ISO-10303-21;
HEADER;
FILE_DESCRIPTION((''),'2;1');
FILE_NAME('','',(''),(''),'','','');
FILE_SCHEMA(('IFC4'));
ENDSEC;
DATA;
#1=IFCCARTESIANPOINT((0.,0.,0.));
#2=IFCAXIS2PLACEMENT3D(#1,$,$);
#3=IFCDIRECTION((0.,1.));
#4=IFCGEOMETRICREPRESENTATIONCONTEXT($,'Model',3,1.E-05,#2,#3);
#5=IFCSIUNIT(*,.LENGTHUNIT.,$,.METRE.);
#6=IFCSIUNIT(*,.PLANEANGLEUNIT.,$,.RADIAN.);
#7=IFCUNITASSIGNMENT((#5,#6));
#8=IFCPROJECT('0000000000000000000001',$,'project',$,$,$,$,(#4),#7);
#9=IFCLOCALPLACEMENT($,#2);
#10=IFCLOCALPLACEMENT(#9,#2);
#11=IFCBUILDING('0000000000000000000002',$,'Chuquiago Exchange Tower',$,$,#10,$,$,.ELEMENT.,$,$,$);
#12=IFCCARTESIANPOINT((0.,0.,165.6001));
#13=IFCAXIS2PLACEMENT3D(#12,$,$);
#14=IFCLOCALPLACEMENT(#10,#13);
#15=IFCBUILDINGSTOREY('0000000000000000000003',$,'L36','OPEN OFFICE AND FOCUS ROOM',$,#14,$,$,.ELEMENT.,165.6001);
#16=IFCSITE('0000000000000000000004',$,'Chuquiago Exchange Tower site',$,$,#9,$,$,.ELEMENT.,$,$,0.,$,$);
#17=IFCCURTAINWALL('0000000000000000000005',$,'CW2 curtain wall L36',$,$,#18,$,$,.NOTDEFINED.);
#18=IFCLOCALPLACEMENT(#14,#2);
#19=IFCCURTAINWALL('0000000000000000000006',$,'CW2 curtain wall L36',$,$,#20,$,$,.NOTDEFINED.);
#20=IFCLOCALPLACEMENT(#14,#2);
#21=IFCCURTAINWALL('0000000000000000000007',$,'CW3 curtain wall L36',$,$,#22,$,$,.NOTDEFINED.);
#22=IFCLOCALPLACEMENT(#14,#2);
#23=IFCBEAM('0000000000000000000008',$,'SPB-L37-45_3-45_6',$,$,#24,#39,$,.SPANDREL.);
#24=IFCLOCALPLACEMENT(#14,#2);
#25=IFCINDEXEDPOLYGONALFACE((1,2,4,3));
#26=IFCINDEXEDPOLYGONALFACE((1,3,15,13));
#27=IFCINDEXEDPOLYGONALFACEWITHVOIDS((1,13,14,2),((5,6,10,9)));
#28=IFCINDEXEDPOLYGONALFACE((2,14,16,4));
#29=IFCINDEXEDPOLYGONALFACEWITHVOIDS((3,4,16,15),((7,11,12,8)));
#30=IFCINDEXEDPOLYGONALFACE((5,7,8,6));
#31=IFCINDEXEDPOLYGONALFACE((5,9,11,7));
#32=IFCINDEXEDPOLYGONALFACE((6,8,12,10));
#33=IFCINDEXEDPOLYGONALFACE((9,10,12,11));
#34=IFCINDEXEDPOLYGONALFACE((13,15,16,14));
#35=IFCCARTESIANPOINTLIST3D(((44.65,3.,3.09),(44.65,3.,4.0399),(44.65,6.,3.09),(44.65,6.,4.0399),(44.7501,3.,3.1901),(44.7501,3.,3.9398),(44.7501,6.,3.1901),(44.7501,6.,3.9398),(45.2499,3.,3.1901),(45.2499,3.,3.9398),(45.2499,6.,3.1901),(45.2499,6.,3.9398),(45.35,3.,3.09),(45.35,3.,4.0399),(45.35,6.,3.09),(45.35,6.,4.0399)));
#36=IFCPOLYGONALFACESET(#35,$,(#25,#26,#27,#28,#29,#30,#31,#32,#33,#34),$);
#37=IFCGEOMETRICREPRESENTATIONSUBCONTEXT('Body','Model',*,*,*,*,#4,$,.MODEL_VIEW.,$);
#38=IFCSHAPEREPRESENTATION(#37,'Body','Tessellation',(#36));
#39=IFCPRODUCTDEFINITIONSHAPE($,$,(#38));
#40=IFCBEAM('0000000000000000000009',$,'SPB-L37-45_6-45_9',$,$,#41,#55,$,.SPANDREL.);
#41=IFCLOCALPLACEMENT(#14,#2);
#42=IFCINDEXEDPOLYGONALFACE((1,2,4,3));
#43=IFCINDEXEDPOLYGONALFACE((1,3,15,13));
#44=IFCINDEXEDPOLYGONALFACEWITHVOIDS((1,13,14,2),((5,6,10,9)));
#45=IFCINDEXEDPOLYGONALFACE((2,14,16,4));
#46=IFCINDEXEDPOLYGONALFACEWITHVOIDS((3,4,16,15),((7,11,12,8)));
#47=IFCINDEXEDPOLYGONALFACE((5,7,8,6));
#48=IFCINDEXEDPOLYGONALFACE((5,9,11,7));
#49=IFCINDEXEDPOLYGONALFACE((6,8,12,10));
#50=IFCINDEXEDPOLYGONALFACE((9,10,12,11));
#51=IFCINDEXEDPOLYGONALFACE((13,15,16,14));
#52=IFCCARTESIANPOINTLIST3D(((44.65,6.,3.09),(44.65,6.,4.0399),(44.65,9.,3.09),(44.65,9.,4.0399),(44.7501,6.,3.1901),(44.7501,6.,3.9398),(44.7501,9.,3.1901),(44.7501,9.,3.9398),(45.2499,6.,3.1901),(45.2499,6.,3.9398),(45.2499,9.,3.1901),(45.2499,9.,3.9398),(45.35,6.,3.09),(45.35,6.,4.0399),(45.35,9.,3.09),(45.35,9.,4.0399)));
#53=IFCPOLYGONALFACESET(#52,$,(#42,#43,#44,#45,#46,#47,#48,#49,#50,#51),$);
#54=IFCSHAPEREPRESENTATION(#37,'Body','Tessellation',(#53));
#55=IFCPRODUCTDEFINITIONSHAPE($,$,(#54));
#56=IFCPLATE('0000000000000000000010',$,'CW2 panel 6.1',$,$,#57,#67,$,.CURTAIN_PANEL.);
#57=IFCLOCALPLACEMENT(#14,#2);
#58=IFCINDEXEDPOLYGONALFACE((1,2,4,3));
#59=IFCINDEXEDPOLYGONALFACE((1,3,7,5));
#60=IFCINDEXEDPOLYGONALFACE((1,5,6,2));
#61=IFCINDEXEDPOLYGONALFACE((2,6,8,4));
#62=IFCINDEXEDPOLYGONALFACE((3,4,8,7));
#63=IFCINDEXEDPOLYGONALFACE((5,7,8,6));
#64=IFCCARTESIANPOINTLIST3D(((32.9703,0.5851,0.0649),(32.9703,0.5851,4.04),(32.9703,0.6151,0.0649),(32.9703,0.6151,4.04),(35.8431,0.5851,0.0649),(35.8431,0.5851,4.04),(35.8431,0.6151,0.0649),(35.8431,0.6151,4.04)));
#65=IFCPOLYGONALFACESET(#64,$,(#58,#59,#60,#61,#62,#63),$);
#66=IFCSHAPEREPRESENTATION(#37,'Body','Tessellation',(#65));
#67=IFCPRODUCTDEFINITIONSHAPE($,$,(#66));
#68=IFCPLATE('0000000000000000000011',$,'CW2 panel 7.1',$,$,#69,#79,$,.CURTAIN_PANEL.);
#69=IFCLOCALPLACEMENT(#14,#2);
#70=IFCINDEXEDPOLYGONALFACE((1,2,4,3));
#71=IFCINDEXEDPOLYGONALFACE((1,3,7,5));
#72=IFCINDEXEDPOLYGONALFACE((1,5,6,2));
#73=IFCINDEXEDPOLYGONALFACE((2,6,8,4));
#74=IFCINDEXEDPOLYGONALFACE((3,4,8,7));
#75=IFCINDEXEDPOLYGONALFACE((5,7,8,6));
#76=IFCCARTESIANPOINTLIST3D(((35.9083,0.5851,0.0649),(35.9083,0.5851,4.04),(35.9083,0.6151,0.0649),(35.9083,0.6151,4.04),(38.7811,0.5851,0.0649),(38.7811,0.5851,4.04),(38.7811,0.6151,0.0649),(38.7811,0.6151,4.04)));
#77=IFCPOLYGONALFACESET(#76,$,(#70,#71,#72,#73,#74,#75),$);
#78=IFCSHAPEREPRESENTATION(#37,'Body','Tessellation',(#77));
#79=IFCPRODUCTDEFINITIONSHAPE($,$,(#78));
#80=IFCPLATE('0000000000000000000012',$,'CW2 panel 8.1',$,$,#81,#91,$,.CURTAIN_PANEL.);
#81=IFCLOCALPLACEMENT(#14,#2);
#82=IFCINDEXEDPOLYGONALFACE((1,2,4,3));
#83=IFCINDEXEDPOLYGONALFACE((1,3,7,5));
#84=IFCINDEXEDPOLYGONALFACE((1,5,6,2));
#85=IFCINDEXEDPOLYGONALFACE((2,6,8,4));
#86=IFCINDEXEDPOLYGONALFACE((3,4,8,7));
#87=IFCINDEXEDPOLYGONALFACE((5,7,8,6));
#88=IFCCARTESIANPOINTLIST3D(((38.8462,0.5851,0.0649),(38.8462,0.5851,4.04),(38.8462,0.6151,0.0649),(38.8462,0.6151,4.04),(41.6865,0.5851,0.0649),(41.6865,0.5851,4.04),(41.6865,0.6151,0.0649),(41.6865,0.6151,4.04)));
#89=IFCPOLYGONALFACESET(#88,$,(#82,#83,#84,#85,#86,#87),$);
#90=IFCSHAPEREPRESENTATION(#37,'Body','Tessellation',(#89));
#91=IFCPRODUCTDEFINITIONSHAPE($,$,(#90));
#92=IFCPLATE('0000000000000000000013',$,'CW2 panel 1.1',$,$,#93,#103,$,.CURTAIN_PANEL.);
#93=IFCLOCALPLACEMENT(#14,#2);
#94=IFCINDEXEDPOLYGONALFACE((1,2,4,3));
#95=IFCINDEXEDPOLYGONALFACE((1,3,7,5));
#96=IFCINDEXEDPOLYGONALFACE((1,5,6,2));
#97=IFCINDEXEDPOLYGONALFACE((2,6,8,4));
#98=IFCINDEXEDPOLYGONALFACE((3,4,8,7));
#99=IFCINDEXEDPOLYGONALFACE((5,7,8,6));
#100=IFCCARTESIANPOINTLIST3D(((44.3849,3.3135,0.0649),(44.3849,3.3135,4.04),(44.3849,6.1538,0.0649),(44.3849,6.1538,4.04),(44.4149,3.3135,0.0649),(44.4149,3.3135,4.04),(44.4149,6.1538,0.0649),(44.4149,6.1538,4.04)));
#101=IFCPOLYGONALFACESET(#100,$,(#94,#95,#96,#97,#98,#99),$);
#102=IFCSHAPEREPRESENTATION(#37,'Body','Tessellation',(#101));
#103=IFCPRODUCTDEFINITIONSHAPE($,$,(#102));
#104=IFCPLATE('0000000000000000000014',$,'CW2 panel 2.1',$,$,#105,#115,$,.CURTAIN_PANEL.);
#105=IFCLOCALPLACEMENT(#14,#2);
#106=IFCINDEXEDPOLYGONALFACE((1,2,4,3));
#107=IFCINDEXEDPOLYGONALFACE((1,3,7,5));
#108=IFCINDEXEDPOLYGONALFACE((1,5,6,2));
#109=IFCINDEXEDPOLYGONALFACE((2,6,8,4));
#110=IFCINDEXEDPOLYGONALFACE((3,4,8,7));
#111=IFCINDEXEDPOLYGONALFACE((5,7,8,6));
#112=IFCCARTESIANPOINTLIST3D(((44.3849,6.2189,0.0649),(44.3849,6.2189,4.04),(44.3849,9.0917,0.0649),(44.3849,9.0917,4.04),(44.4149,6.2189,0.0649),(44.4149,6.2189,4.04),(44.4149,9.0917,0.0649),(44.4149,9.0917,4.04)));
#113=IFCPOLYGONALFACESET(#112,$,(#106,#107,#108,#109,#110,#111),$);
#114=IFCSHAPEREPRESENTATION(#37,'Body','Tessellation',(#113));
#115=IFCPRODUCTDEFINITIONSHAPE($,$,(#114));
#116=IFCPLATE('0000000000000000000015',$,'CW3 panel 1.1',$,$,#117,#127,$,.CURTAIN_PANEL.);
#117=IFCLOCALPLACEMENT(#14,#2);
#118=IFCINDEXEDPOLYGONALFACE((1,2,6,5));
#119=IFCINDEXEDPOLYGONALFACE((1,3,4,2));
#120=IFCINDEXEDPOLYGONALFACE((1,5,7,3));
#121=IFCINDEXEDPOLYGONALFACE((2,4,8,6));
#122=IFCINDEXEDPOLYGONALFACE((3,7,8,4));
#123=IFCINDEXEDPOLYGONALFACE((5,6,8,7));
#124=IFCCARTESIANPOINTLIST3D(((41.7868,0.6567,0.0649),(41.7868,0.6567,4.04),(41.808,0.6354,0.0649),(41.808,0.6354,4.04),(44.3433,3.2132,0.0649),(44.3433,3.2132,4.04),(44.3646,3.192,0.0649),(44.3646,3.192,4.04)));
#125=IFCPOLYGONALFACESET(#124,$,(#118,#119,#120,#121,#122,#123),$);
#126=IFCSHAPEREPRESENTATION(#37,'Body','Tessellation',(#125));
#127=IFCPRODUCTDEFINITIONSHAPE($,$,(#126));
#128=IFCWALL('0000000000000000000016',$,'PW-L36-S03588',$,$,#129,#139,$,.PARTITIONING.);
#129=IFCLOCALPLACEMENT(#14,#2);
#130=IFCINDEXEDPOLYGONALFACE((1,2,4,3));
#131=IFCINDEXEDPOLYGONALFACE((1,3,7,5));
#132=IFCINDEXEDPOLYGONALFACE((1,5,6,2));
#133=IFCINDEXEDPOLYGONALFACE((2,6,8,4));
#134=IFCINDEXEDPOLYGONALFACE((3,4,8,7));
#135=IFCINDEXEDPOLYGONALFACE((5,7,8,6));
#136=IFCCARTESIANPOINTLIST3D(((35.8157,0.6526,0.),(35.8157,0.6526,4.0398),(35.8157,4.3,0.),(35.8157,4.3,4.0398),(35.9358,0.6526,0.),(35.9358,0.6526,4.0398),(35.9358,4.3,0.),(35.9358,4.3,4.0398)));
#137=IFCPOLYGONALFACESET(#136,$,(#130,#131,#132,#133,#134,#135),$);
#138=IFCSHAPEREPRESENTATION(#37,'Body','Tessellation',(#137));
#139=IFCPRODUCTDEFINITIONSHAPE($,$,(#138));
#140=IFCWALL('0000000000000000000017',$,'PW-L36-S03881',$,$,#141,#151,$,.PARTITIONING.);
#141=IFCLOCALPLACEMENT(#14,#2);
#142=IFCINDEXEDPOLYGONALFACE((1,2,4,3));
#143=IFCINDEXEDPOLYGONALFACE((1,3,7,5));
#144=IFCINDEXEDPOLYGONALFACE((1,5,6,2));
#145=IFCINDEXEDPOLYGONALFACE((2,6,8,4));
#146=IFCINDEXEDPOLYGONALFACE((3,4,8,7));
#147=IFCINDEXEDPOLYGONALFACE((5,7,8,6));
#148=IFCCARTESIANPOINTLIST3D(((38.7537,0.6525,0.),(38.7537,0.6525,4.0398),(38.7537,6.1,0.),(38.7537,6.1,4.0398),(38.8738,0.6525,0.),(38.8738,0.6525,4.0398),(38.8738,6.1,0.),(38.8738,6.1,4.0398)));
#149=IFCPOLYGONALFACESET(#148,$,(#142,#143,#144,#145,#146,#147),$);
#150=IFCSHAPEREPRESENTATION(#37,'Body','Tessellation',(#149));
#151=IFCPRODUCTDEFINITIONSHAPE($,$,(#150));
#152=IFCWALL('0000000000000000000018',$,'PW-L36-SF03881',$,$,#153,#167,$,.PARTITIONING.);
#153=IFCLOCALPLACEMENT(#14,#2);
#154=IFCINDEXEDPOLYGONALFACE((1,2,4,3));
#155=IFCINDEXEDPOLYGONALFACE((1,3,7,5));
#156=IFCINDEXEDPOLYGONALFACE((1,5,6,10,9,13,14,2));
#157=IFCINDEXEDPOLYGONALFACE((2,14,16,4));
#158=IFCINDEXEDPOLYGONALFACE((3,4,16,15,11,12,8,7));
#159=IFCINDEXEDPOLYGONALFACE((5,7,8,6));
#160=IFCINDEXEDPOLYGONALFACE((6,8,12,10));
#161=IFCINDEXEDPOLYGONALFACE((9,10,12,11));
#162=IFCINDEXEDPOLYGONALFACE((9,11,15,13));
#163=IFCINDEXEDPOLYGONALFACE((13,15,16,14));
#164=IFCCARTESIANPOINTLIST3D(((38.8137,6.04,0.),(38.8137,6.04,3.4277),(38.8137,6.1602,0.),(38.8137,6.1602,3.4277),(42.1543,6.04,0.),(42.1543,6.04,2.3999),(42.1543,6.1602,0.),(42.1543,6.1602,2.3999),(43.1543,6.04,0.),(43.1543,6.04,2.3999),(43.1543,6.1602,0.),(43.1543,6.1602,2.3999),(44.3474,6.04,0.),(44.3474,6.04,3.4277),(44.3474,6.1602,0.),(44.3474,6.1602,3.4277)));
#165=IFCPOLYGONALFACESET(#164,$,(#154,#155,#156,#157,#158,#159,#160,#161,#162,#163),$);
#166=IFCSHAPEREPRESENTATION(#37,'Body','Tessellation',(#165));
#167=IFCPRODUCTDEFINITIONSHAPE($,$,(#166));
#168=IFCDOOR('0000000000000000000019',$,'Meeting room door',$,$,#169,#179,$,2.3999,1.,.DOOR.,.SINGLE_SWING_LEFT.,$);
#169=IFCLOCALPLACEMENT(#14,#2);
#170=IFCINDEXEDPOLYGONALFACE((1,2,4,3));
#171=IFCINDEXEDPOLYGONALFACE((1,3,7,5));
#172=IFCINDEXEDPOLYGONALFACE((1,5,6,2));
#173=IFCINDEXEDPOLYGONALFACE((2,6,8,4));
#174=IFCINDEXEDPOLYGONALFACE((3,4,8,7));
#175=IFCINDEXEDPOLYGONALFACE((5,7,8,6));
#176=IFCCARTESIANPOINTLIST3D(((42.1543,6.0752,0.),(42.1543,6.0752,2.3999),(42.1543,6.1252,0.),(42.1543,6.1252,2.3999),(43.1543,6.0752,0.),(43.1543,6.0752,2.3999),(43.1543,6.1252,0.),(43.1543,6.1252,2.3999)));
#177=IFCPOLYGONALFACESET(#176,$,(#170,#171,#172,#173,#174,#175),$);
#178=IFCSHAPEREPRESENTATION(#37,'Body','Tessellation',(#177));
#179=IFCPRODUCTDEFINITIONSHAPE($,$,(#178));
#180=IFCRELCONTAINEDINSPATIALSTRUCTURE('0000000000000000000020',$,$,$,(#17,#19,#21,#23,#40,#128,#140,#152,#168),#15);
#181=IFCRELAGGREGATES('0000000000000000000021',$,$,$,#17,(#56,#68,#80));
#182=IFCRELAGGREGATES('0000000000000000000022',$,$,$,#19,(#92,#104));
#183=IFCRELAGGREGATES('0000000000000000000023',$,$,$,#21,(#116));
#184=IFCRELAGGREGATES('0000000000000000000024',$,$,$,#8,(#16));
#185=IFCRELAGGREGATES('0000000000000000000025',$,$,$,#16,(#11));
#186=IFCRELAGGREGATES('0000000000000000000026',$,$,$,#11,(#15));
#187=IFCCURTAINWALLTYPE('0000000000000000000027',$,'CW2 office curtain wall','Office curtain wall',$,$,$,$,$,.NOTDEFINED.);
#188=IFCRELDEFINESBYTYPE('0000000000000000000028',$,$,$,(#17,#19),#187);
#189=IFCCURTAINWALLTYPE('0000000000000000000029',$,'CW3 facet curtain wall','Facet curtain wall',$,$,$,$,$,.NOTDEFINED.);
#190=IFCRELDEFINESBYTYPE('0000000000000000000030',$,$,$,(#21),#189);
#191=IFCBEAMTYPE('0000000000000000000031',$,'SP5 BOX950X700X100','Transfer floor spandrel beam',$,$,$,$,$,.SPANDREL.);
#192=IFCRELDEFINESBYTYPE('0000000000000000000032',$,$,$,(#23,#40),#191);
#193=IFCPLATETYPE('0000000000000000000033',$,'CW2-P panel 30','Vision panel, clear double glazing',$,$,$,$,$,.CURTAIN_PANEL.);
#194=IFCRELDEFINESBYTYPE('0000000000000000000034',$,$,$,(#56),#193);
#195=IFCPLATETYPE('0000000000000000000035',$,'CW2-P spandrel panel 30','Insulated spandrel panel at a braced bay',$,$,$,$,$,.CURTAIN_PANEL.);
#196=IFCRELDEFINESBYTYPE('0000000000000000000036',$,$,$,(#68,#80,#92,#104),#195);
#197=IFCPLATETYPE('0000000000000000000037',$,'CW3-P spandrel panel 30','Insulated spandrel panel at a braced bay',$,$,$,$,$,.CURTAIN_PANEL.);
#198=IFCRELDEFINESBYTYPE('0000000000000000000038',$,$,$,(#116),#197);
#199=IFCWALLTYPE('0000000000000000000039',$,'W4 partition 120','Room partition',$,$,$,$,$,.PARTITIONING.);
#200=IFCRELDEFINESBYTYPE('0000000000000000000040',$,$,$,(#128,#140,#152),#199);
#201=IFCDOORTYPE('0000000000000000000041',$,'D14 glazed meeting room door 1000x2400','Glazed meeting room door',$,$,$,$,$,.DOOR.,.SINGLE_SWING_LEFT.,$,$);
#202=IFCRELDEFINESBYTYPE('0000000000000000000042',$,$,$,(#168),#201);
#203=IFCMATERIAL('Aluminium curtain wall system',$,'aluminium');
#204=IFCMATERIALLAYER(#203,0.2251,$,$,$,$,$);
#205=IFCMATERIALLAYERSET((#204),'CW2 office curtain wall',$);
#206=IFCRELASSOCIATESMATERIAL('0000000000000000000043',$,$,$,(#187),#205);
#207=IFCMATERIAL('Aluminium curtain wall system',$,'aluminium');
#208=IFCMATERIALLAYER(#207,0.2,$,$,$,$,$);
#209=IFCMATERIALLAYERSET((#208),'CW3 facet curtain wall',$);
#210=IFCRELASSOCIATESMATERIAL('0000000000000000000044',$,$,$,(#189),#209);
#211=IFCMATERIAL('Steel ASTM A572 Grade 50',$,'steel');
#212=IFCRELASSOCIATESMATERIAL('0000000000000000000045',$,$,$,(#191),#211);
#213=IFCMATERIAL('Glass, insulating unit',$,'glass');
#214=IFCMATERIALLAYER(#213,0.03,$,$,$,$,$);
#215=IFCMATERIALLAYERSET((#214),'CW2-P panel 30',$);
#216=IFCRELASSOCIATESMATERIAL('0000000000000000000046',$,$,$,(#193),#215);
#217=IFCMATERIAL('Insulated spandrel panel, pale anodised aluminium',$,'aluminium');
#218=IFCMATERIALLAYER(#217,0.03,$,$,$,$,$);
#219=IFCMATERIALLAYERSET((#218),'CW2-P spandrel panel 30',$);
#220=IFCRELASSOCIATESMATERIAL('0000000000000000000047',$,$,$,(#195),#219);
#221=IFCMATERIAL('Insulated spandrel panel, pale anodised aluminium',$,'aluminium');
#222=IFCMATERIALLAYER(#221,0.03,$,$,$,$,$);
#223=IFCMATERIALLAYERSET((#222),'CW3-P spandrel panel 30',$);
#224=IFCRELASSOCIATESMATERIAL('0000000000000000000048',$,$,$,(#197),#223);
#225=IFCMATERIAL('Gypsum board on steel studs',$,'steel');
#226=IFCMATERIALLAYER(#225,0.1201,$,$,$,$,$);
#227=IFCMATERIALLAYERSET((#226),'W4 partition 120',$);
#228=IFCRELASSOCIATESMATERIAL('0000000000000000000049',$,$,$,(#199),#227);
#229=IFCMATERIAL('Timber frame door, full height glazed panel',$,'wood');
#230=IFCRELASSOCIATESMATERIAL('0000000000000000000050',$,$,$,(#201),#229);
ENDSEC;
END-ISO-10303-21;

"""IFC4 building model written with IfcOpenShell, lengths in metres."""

from ifc_helpers import new_model, si_unit, direction, frame, frame_2d, origin, origin_2d, place, context, subcontext, project, spatial, rectangle, hollow_rectangle, extrude, material, layer, layer_set, material_profile, profile_set, type_object, element, fill, aggregate, save


model = new_model("IFC4")

# Units and contexts
model_context = context("Model", 3, precision=1e-05, world=origin(), true_north=direction((0.0, 1.0)))
body_context = subcontext(model_context, "Body", "Model", "MODEL_VIEW")
ifc_project = project(units=[si_unit("LENGTHUNIT", "METRE"), si_unit("PLANEANGLEUNIT", "RADIAN")], contexts=[model_context])

# Site, building, storey
site_placement = place(None, origin())
site = spatial("IfcSite", under=ifc_project, at=site_placement, Name="Chuquiago Exchange Tower site", CompositionType="ELEMENT", RefElevation=0.0)
building_placement = place(site_placement, origin())
building = spatial("IfcBuilding", under=site, at=building_placement, Name="Chuquiago Exchange Tower", CompositionType="ELEMENT")
storey_placement = place(building_placement, frame((0.0, 0.0, 165.6001)))
storey = spatial("IfcBuildingStorey", under=building, at=storey_placement, Name="L36", Description="OPEN OFFICE AND FOCUS ROOM", CompositionType="ELEMENT", Elevation=165.6001)

# Curtain walls
ifc_material_1 = material(Name="Aluminium curtain wall system", Category="aluminium")
ifc_layer_1 = layer(ifc_material_1, 0.2251)
ifc_layer_set_1 = layer_set([ifc_layer_1], Name="CW2 office curtain wall")
curtain_wall_type_1 = type_object("IfcCurtainWallType", Name="CW2 office curtain wall", Description="Office curtain wall", PredefinedType="NOTDEFINED", material=ifc_layer_set_1)
curtain_wall_1_placement = place(storey_placement, origin())
curtain_wall_1 = element("IfcCurtainWall", 1, at=curtain_wall_1_placement, inside=storey, type_object=curtain_wall_type_1, Name="CW2 curtain wall L36", PredefinedType="NOTDEFINED")
curtain_wall_2_placement = place(storey_placement, origin())
curtain_wall_2 = element("IfcCurtainWall", 2, at=curtain_wall_2_placement, inside=storey, type_object=curtain_wall_type_1, Name="CW2 curtain wall L36", PredefinedType="NOTDEFINED")

# Curtain wall
ifc_material_2 = material(Name="Aluminium curtain wall system", Category="aluminium")
ifc_layer_2 = layer(ifc_material_2, 0.2)
ifc_layer_set_2 = layer_set([ifc_layer_2], Name="CW3 facet curtain wall")
curtain_wall_type_2 = type_object("IfcCurtainWallType", Name="CW3 facet curtain wall", Description="Facet curtain wall", PredefinedType="NOTDEFINED", material=ifc_layer_set_2)
curtain_wall_3_placement = place(storey_placement, origin())
curtain_wall_3 = element("IfcCurtainWall", 3, at=curtain_wall_3_placement, inside=storey, type_object=curtain_wall_type_2, Name="CW3 curtain wall L36", PredefinedType="NOTDEFINED")

# Beams
ifc_material_3 = material(Name="Steel ASTM A572 Grade 50", Category="steel")
ifc_material_profile_1 = material_profile(ifc_material_3, hollow_rectangle(XDim=0.7, YDim=0.95, WallThickness=0.1001, at=origin_2d()), Name="BOX950X700X100")
ifc_profile_set_1 = profile_set([ifc_material_profile_1], Name="Steel ASTM A572 Grade 50")
beam_type = type_object("IfcBeamType", Name="SP5 BOX950X700X100", Description="Transfer floor spandrel beam", PredefinedType="SPANDREL", material=ifc_profile_set_1)
for number, where, z_axis, x_axis, name in (
    (4, (45.0, 3.0, 3.5649), (0.0, 1.0, 0.0), (-1.0, 0.0, 0.0), "SPB-L37-45_3-45_6"),
    (5, (45.0, 6.0, 3.5649), (0.0, 1.0, 0.0), (-1.0, 0.0, 0.0), "SPB-L37-45_6-45_9"),
):
    element("IfcBeam", number, at=place(storey_placement, frame(where, z_axis=z_axis, x_axis=x_axis)), inside=storey, type_object=beam_type, Name=name, PredefinedType="SPANDREL", context=body_context, shape_type="SweptSolid", body=[
        extrude(hollow_rectangle(XDim=0.7, YDim=0.95, WallThickness=0.1001, at=origin_2d()), origin(), (0.0, 0.0, 1.0), 3.0),
    ])

# Plates
ifc_material_4 = material(Name="Glass, insulating unit", Category="glass")
ifc_layer_3 = layer(ifc_material_4, 0.03)
ifc_layer_set_3 = layer_set([ifc_layer_3], Name="CW2-P panel 30")
plate_type_1 = type_object("IfcPlateType", Name="CW2-P panel 30", Description="Vision panel, clear double glazing", PredefinedType="CURTAIN_PANEL", material=ifc_layer_set_3)
plate_1_placement = place(storey_placement, frame((34.4067, 0.6001, 0.0649), z_axis=(0.0, 0.0, 1.0), x_axis=(1.0, 0.0, 0.0)))
plate_1 = element("IfcPlate", 6, at=plate_1_placement, type_object=plate_type_1, Name="CW2 panel 6.1", PredefinedType="CURTAIN_PANEL", context=body_context, shape_type="SweptSolid", body=[
    extrude(rectangle(XDim=2.8728, YDim=0.03, at=origin_2d()), origin(), (0.0, 0.0, 1.0), 3.9751),
])
ifc_material_5 = material(Name="Insulated spandrel panel, pale anodised aluminium", Category="aluminium")
ifc_layer_4 = layer(ifc_material_5, 0.03)
ifc_layer_set_4 = layer_set([ifc_layer_4], Name="CW2-P spandrel panel 30")
plate_type_2 = type_object("IfcPlateType", Name="CW2-P spandrel panel 30", Description="Insulated spandrel panel at a braced bay", PredefinedType="CURTAIN_PANEL", material=ifc_layer_set_4)
plate_2_placement = place(storey_placement, frame((37.3447, 0.6001, 0.0649), z_axis=(0.0, 0.0, 1.0), x_axis=(1.0, 0.0, 0.0)))
plate_2 = element("IfcPlate", 7, at=plate_2_placement, type_object=plate_type_2, Name="CW2 panel 7.1", PredefinedType="CURTAIN_PANEL", context=body_context, shape_type="SweptSolid", body=[
    extrude(rectangle(XDim=2.8728, YDim=0.03, at=origin_2d()), origin(), (0.0, 0.0, 1.0), 3.9751),
])
plate_3_placement = place(storey_placement, frame((40.2664, 0.6001, 0.0649), z_axis=(0.0, 0.0, 1.0), x_axis=(1.0, 0.0, 0.0)))
plate_3 = element("IfcPlate", 8, at=plate_3_placement, type_object=plate_type_2, Name="CW2 panel 8.1", PredefinedType="CURTAIN_PANEL", context=body_context, shape_type="SweptSolid", body=[
    extrude(rectangle(XDim=2.8403, YDim=0.03, at=origin_2d()), origin(), (0.0, 0.0, 1.0), 3.9751),
])
aggregate(curtain_wall_1, [plate_1, plate_2, plate_3])
plate_4_placement = place(storey_placement, frame((44.3999, 4.7336, 0.0649), z_axis=(0.0, 0.0, 1.0), x_axis=(0.0, 1.0, 0.0)))
plate_4 = element("IfcPlate", 9, at=plate_4_placement, type_object=plate_type_2, Name="CW2 panel 1.1", PredefinedType="CURTAIN_PANEL", context=body_context, shape_type="SweptSolid", body=[
    extrude(rectangle(XDim=2.8403, YDim=0.03, at=origin_2d()), origin(), (0.0, 0.0, 1.0), 3.9751),
])
plate_5_placement = place(storey_placement, frame((44.3999, 7.6553, 0.0649), z_axis=(0.0, 0.0, 1.0), x_axis=(0.0, 1.0, 0.0)))
plate_5 = element("IfcPlate", 10, at=plate_5_placement, type_object=plate_type_2, Name="CW2 panel 2.1", PredefinedType="CURTAIN_PANEL", context=body_context, shape_type="SweptSolid", body=[
    extrude(rectangle(XDim=2.8728, YDim=0.03, at=origin_2d()), origin(), (0.0, 0.0, 1.0), 3.9751),
])
aggregate(curtain_wall_2, [plate_4, plate_5])
ifc_material_6 = material(Name="Insulated spandrel panel, pale anodised aluminium", Category="aluminium")
ifc_layer_5 = layer(ifc_material_6, 0.03)
ifc_layer_set_5 = layer_set([ifc_layer_5], Name="CW3-P spandrel panel 30")
plate_type_3 = type_object("IfcPlateType", Name="CW3-P spandrel panel 30", Description="Insulated spandrel panel at a braced bay", PredefinedType="CURTAIN_PANEL", material=ifc_layer_set_5)
plate_6_placement = place(storey_placement, frame((43.0757, 1.9243, 0.0649), z_axis=(0.0, 0.0, 1.0), x_axis=(0.707107, 0.707107, 0.0)))
plate_6 = element("IfcPlate", 11, at=plate_6_placement, type_object=plate_type_3, Name="CW3 panel 1.1", PredefinedType="CURTAIN_PANEL", context=body_context, shape_type="SweptSolid", body=[
    extrude(rectangle(XDim=3.6155, YDim=0.03, at=origin_2d()), origin(), (0.0, 0.0, 1.0), 3.9751),
])
aggregate(curtain_wall_3, [plate_6])

# Walls
ifc_material_7 = material(Name="Gypsum board on steel studs", Category="steel")
ifc_layer_6 = layer(ifc_material_7, 0.1201)
ifc_layer_set_6 = layer_set([ifc_layer_6], Name="W4 partition 120")
wall_type = type_object("IfcWallType", Name="W4 partition 120", Description="Room partition", PredefinedType="PARTITIONING", material=ifc_layer_set_6)
wall_1_placement = place(storey_placement, frame((35.8757, 0.6526, 0.0), z_axis=(0.0, 0.0, 1.0), x_axis=(0.0, 1.0, 0.0)))
element("IfcWall", 12, at=wall_1_placement, inside=storey, type_object=wall_type, Name="PW-L36-S03588", PredefinedType="PARTITIONING", context=body_context, shape_type="SweptSolid", body=[
    extrude(rectangle(XDim=3.6475, YDim=0.1201, at=frame_2d((1.8237, 0.0))), origin(), (0.0, 0.0, 1.0), 4.0398),
])
wall_2_placement = place(storey_placement, frame((38.8137, 0.6526, 0.0), z_axis=(0.0, 0.0, 1.0), x_axis=(0.0, 1.0, 0.0)))
element("IfcWall", 13, at=wall_2_placement, inside=storey, type_object=wall_type, Name="PW-L36-S03881", PredefinedType="PARTITIONING", context=body_context, shape_type="SweptSolid", body=[
    extrude(rectangle(XDim=5.4475, YDim=0.1201, at=frame_2d((2.7236, 0.0))), origin(), (0.0, 0.0, 1.0), 4.0398),
])

# Wall, opening, door
wall_3_placement = place(storey_placement, frame((38.8137, 6.1001, 0.0), z_axis=(0.0, 0.0, 1.0), x_axis=(1.0, 0.0, 0.0)))
wall_3 = element("IfcWall", 14, at=wall_3_placement, inside=storey, type_object=wall_type, Name="PW-L36-SF03881", PredefinedType="PARTITIONING", context=body_context, shape_type="SweptSolid", body=[
    extrude(rectangle(XDim=5.5337, YDim=0.1201, at=frame_2d((2.7668, 0.0))), origin(), (0.0, 0.0, 1.0), 3.4277),
])
opening_placement = place(wall_3_placement, frame((3.3406, 0.0, 0.0)))
opening = element("IfcOpeningElement", 15, at=opening_placement, cuts=wall_3, PredefinedType="OPENING", context=body_context, shape_type="SweptSolid", body=[
    extrude(rectangle(XDim=1.0, YDim=2.3999, at=frame_2d((0.5, 1.2))), frame((0.0, 0.0701, 0.0), z_axis=(0.0, -1.0, 0.0), x_axis=(1.0, 0.0, 0.0)), (0.0, 0.0, 1.0), 0.1401),
])
ifc_material_8 = material(Name="Timber frame door, full height glazed panel", Category="wood")
door_type = type_object("IfcDoorType", Name="D14 glazed meeting room door 1000x2400", Description="Glazed meeting room door", OperationType="SINGLE_SWING_LEFT", PredefinedType="DOOR", material=ifc_material_8)
door_placement = place(opening_placement, frame((1.0, 0.0, 0.0), z_axis=(0.0, 0.0, 1.0), x_axis=(-1.0, 0.0, 0.0)))
door = element("IfcDoor", 16, at=door_placement, inside=storey, type_object=door_type, Name="Meeting room door", OperationType="SINGLE_SWING_LEFT", OverallHeight=2.3999, OverallWidth=1.0, PredefinedType="DOOR", context=body_context, shape_type="SweptSolid", body=[
    extrude(rectangle(XDim=1.0, YDim=2.3999, at=frame_2d((0.5, 1.2))), frame((0.0, 0.0249, 0.0), z_axis=(0.0, -1.0, 0.0), x_axis=(1.0, 0.0, 0.0)), (0.0, 0.0, 1.0), 0.05),
])
fill(opening, door)

save(model, "model.ifc")
